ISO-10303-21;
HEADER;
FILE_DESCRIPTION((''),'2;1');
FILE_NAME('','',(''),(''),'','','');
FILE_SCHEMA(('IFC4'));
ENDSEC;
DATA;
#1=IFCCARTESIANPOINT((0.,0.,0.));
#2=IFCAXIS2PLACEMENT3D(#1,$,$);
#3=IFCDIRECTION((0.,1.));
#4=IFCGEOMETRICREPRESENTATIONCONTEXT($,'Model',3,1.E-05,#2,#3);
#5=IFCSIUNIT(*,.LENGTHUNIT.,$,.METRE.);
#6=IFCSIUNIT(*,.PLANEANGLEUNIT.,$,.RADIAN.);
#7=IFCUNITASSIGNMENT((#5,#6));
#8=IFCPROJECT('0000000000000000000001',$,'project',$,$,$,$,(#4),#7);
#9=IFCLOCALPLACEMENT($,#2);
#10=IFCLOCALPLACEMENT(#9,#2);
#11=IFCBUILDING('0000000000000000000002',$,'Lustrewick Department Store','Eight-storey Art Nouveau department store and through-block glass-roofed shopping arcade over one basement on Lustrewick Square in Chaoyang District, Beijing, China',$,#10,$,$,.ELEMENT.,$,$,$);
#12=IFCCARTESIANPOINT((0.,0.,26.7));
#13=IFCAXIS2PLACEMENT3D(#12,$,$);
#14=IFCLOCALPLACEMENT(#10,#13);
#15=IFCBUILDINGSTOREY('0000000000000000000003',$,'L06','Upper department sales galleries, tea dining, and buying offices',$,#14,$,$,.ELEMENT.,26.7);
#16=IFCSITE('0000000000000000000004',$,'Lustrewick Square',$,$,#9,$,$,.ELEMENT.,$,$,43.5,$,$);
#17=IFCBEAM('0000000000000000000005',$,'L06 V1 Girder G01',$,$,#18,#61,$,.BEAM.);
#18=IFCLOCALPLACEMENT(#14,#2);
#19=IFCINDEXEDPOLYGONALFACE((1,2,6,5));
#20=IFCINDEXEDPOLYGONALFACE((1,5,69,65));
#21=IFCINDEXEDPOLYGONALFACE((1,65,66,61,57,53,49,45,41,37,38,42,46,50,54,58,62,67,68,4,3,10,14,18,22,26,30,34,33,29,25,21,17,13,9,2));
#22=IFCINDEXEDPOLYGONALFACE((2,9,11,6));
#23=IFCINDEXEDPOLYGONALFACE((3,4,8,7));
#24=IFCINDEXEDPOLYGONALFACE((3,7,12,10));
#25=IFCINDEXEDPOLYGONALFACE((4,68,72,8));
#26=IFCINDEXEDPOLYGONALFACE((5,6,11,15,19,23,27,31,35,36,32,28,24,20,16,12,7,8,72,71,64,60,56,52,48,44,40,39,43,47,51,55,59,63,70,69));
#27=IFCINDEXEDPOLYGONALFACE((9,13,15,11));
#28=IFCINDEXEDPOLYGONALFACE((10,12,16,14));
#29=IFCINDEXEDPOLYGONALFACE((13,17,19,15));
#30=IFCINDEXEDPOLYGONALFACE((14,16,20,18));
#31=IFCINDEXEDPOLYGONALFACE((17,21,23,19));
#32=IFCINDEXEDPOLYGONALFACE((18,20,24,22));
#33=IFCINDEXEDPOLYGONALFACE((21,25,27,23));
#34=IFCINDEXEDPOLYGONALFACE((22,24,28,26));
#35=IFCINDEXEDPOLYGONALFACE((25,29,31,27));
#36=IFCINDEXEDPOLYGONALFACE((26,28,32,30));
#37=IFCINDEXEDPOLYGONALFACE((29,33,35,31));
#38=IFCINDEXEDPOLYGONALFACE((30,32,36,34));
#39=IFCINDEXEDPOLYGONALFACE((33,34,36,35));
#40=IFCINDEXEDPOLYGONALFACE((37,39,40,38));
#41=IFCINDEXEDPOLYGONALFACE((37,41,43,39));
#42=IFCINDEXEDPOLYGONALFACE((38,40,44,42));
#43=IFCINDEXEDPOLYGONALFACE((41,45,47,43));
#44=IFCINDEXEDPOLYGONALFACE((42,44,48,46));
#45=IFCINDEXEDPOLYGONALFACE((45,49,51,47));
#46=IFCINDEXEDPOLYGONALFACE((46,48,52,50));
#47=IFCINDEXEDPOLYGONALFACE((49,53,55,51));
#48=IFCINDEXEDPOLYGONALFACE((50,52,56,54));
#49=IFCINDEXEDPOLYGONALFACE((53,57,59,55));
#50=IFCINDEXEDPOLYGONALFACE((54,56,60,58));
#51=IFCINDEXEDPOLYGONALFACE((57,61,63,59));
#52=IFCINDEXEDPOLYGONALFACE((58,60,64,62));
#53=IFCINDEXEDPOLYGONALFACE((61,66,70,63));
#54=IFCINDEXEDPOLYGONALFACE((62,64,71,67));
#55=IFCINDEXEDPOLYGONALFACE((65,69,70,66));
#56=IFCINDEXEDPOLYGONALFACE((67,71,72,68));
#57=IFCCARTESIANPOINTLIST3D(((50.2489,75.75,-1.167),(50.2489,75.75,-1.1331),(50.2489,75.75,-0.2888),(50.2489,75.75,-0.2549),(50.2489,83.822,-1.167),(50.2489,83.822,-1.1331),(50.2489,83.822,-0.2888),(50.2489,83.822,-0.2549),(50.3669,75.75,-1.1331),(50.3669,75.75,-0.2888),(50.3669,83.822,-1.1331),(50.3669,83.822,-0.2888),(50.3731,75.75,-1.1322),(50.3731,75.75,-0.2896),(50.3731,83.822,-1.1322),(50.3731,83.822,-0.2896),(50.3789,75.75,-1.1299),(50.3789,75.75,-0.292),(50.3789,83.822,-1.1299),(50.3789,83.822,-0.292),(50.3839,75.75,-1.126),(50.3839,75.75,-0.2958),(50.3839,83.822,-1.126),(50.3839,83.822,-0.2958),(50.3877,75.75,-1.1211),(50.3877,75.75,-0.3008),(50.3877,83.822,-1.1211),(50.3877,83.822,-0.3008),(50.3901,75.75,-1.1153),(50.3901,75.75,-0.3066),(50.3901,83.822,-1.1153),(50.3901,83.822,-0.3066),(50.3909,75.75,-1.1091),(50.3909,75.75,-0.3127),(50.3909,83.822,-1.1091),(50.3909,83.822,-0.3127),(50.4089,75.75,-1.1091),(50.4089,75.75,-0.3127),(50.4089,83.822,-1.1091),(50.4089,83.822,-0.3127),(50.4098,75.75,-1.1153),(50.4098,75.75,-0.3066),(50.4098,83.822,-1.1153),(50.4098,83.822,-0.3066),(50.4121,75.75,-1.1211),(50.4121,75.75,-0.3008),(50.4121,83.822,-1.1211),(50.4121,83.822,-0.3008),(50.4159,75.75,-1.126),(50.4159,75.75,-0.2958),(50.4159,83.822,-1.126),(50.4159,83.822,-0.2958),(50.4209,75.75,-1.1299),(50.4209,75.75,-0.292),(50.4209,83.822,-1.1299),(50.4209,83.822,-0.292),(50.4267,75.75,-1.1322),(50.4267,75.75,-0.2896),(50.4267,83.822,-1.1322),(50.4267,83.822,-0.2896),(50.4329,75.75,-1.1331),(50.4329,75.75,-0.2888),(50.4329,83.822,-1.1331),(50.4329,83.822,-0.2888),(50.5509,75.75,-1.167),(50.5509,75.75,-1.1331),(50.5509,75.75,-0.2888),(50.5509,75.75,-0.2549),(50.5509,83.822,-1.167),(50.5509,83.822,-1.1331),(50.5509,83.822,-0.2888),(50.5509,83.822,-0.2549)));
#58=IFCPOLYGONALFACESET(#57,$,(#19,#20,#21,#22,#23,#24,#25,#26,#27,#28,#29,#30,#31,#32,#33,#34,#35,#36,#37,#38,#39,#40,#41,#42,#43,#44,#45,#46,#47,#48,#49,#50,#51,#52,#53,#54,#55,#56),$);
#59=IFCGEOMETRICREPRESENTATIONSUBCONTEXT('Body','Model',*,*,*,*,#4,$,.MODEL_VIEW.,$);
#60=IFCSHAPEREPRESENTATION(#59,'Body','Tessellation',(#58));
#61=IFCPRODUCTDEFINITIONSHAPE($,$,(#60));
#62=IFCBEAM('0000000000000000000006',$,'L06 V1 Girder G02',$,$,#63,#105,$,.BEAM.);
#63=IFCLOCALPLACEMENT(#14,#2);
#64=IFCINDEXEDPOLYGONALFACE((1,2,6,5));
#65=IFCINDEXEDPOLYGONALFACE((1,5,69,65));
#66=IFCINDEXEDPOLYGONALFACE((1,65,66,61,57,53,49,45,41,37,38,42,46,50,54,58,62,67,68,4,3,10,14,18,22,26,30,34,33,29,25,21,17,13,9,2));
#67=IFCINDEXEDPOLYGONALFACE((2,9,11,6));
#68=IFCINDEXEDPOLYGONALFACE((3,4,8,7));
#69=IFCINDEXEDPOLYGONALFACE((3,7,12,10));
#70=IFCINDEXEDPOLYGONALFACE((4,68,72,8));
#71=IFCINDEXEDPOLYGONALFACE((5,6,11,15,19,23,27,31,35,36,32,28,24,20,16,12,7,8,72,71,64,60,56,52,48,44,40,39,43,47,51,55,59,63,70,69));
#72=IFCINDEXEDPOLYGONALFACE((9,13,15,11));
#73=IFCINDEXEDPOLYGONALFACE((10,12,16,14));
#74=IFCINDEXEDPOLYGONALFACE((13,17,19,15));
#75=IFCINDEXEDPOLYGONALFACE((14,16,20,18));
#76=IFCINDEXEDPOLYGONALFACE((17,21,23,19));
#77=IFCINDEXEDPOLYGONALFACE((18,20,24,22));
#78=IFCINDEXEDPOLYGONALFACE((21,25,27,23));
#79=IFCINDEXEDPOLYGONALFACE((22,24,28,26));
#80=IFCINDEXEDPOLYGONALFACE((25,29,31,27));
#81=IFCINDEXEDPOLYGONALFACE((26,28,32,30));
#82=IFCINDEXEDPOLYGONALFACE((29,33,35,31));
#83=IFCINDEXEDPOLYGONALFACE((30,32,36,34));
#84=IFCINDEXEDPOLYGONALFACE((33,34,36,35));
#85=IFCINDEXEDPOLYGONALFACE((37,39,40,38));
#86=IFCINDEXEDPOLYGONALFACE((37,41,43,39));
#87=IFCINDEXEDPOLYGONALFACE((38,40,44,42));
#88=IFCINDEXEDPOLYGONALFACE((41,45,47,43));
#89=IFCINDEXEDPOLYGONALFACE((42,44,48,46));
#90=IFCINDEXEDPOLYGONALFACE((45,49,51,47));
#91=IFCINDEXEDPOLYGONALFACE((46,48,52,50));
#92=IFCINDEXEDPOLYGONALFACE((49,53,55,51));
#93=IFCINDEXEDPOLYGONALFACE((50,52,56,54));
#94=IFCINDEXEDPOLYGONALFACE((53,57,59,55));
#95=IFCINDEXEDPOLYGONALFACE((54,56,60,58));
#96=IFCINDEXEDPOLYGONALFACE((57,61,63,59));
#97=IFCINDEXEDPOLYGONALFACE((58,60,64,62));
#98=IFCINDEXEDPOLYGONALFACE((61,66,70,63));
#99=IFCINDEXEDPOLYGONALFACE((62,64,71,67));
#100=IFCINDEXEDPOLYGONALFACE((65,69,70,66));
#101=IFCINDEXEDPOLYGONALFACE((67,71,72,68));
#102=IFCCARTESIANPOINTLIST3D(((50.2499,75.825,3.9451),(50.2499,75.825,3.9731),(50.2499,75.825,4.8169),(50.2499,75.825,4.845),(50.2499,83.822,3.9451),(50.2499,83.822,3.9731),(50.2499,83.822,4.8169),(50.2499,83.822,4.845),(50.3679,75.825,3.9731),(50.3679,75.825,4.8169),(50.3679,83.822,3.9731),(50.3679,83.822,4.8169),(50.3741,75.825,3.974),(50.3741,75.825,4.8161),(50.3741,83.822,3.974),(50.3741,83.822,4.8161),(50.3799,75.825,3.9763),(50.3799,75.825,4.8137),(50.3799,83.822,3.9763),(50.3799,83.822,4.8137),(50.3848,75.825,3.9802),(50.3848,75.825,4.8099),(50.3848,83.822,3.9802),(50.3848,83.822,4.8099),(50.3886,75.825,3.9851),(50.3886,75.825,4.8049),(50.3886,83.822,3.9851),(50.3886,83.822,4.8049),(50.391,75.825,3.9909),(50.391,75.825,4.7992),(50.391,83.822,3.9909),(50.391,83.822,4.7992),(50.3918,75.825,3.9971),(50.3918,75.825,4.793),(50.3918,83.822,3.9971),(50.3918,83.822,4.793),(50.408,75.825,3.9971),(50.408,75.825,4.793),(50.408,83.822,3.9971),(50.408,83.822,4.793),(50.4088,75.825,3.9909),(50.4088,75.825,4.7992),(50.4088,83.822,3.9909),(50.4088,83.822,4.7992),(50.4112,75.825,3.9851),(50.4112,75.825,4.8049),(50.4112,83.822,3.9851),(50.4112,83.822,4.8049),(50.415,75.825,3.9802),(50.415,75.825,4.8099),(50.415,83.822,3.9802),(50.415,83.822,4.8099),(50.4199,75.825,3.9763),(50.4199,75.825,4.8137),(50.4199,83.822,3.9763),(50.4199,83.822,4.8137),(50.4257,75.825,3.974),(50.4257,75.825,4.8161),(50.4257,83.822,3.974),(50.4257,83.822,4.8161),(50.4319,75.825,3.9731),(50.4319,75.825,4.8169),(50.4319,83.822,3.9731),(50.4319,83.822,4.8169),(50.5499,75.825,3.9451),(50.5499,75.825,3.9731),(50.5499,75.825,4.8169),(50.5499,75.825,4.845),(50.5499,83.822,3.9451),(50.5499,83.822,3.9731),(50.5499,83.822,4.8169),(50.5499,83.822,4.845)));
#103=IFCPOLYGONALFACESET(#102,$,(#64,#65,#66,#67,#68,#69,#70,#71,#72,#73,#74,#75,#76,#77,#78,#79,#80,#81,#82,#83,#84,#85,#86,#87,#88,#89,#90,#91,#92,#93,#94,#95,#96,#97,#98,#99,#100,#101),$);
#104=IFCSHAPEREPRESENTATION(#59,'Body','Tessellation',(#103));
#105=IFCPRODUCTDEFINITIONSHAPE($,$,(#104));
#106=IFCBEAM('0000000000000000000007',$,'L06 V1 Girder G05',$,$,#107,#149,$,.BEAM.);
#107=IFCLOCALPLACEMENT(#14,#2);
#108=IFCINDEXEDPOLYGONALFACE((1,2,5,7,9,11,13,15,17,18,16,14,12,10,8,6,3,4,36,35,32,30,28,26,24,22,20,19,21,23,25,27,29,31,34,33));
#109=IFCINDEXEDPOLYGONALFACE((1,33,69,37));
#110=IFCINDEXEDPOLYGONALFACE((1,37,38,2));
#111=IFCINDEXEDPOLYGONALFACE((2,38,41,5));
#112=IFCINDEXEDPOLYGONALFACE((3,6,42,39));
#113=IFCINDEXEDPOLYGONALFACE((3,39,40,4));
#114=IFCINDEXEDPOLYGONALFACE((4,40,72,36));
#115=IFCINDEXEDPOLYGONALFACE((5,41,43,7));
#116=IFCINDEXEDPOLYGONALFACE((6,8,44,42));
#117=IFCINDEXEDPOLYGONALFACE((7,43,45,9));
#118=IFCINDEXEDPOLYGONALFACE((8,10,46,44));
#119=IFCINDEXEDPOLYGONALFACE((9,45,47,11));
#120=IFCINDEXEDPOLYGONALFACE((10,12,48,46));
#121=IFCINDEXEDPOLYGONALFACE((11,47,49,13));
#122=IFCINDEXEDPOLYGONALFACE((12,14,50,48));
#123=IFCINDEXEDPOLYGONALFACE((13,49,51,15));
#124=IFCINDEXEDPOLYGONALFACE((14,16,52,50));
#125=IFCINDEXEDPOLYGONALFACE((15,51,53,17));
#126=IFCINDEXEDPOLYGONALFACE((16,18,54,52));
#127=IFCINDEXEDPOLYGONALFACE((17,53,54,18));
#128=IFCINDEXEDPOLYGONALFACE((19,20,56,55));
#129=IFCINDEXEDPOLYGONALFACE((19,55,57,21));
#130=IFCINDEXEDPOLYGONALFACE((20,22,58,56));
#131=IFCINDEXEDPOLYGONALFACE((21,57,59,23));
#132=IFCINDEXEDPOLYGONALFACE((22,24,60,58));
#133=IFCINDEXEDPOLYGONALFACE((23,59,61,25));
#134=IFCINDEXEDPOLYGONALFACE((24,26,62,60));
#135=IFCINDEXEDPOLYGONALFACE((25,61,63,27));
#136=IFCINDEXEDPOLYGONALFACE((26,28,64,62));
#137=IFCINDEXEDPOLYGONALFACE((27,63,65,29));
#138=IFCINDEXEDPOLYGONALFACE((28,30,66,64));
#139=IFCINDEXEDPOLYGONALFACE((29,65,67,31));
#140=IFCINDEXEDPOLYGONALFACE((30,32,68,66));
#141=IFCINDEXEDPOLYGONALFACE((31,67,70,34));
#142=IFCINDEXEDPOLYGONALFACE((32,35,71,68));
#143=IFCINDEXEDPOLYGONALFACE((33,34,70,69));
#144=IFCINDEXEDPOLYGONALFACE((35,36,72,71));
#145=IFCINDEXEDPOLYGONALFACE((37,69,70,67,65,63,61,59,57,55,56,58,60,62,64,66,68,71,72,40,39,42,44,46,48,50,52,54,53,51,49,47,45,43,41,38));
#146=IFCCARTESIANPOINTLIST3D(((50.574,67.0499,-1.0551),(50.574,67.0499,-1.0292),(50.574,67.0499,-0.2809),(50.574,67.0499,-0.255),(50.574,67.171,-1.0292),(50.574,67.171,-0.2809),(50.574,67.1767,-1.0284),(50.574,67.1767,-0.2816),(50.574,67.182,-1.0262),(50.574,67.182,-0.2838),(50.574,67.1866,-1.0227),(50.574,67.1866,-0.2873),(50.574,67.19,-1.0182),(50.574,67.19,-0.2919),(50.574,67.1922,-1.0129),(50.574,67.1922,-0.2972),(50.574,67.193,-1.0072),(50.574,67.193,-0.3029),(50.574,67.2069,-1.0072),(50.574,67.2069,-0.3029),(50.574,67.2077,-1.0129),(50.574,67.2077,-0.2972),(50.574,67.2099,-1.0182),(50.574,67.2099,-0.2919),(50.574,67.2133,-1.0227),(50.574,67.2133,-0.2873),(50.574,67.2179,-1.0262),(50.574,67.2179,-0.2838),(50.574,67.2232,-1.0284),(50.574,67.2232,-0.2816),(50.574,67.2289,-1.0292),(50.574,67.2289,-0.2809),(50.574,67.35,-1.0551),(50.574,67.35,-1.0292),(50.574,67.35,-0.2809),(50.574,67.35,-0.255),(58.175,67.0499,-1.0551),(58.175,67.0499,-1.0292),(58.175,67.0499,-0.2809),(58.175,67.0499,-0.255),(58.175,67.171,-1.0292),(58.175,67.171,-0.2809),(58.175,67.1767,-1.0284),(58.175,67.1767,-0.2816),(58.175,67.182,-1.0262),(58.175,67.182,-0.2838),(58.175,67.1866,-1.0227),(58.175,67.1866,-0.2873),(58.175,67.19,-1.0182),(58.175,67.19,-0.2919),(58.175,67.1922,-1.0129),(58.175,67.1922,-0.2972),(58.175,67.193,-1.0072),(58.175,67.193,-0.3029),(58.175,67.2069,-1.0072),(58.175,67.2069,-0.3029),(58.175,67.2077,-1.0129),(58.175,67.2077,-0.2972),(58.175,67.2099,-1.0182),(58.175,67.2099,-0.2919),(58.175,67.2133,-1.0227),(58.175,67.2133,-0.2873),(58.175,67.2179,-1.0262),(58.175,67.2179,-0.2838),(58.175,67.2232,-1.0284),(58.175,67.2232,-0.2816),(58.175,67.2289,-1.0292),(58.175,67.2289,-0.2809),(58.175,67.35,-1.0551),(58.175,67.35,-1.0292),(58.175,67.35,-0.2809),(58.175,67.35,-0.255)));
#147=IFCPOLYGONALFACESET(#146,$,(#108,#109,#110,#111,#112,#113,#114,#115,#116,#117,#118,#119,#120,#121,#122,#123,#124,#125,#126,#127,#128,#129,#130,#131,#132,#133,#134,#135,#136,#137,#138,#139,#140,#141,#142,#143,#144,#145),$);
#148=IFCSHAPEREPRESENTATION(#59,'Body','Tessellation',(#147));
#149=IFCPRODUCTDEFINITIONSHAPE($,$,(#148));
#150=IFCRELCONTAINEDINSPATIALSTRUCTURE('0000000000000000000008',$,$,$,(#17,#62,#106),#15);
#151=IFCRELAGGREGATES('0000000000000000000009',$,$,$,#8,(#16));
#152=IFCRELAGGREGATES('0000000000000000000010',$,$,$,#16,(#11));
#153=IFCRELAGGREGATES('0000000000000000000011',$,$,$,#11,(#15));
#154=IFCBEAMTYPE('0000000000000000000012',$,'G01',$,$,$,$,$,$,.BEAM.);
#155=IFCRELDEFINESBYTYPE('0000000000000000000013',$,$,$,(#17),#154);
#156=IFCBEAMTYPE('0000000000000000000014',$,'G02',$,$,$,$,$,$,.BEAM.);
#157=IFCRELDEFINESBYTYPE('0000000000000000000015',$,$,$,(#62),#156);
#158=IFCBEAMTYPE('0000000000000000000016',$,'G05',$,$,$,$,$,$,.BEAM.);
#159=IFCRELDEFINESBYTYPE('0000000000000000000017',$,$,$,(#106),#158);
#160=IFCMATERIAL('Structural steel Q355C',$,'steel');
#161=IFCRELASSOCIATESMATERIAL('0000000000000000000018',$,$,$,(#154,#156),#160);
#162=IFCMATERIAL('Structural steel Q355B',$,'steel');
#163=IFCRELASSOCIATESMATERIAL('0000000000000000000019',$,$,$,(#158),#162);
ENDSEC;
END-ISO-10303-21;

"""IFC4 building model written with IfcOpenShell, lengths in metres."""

from ifc_helpers import new_model, si_unit, direction, frame, origin, origin_2d, place, context, subcontext, project, spatial, i_section, extrude, material, material_profile, profile_set, type_object, element, save


model = new_model("IFC4")

# Units and contexts
model_context = context("Model", 3, precision=1e-05, world=origin(), true_north=direction((0.0, 1.0)))
body_context = subcontext(model_context, "Body", "Model", "MODEL_VIEW")
ifc_project = project(units=[si_unit("LENGTHUNIT", "METRE"), si_unit("PLANEANGLEUNIT", "RADIAN")], contexts=[model_context])

# Site, building, storey
site_placement = place(None, origin())
site = spatial("IfcSite", under=ifc_project, at=site_placement, Name="Lustrewick Square", CompositionType="ELEMENT", RefElevation=43.5)
building_placement = place(site_placement, origin())
building = spatial("IfcBuilding", under=site, at=building_placement, Name="Lustrewick Department Store", Description="Eight-storey Art Nouveau department store and through-block glass-roofed shopping arcade over one basement on Lustrewick Square in Chaoyang District, Beijing, China", CompositionType="ELEMENT")
storey_placement = place(building_placement, frame((0.0, 0.0, 26.7)))
storey = spatial("IfcBuildingStorey", under=building, at=storey_placement, Name="L06", Description="Upper department sales galleries, tea dining, and buying offices", CompositionType="ELEMENT", Elevation=26.7)

# Shared definitions
ifc_material_1 = material(Name="Structural steel Q355B", Category="steel")

# Beams
ifc_material_2 = material(Name="Structural steel Q355C", Category="steel")
ifc_material_profile_1 = material_profile(ifc_material_2, i_section(OverallWidth=0.302, OverallDepth=0.9121, WebThickness=0.0181, FlangeThickness=0.0339, FilletRadius=0.0239, at=origin_2d()), Name="HN 912x302x18x34")
ifc_profile_set_1 = profile_set([ifc_material_profile_1], Name="Structural steel Q355C")
beam_type_1 = type_object("IfcBeamType", Name="G01", PredefinedType="BEAM", material=ifc_profile_set_1)
beam_1_placement = place(storey_placement, frame((50.3999, 75.75, -0.7109), z_axis=(0.0, 1.0, 0.0), x_axis=(-1.0, 0.0, 0.0)))
element("IfcBeam", 1, at=beam_1_placement, inside=storey, type_object=beam_type_1, Name="L06 V1 Girder G01", PredefinedType="BEAM", context=body_context, shape_type="SweptSolid", body=[
    extrude(i_section(OverallWidth=0.302, OverallDepth=0.9121, WebThickness=0.0181, FlangeThickness=0.0339, FilletRadius=0.0239, at=origin_2d()), origin(), (0.0, 0.0, 1.0), 8.072),
])
ifc_material_profile_2 = material_profile(ifc_material_2, i_section(OverallWidth=0.3, OverallDepth=0.8999, WebThickness=0.0161, FlangeThickness=0.0281, FilletRadius=0.0239, at=origin_2d()), Name="HN 900x300x16x28")
ifc_profile_set_2 = profile_set([ifc_material_profile_2], Name="Structural steel Q355C")
beam_type_2 = type_object("IfcBeamType", Name="G02", PredefinedType="BEAM", material=ifc_profile_set_2)
beam_2_placement = place(storey_placement, frame((50.3999, 75.825, 4.395), z_axis=(0.0, 1.0, 0.0), x_axis=(-1.0, 0.0, 0.0)))
element("IfcBeam", 2, at=beam_2_placement, inside=storey, type_object=beam_type_2, Name="L06 V1 Girder G02", PredefinedType="BEAM", context=body_context, shape_type="SweptSolid", body=[
    extrude(i_section(OverallWidth=0.3, OverallDepth=0.8999, WebThickness=0.0161, FlangeThickness=0.0281, FilletRadius=0.0239, at=origin_2d()), origin(), (0.0, 0.0, 1.0), 7.9971),
])
ifc_material_profile_3 = material_profile(ifc_material_1, i_section(OverallWidth=0.3, OverallDepth=0.8, WebThickness=0.0139, FlangeThickness=0.0259, FilletRadius=0.022, at=origin_2d()), Name="HN 800x300x14x26")
ifc_profile_set_3 = profile_set([ifc_material_profile_3], Name="Structural steel Q355B")
beam_type_3 = type_object("IfcBeamType", Name="G05", PredefinedType="BEAM", material=ifc_profile_set_3)
beam_3_placement = place(storey_placement, frame((50.574, 67.2, -0.655), z_axis=(1.0, 0.0, 0.0), x_axis=(0.0, 1.0, 0.0)))
element("IfcBeam", 3, at=beam_3_placement, inside=storey, type_object=beam_type_3, Name="L06 V1 Girder G05", PredefinedType="BEAM", context=body_context, shape_type="SweptSolid", body=[
    extrude(i_section(OverallWidth=0.3, OverallDepth=0.8, WebThickness=0.0139, FlangeThickness=0.0259, FilletRadius=0.022, at=origin_2d()), origin(), (0.0, 0.0, 1.0), 7.6011),
])

save(model, "model.ifc")
